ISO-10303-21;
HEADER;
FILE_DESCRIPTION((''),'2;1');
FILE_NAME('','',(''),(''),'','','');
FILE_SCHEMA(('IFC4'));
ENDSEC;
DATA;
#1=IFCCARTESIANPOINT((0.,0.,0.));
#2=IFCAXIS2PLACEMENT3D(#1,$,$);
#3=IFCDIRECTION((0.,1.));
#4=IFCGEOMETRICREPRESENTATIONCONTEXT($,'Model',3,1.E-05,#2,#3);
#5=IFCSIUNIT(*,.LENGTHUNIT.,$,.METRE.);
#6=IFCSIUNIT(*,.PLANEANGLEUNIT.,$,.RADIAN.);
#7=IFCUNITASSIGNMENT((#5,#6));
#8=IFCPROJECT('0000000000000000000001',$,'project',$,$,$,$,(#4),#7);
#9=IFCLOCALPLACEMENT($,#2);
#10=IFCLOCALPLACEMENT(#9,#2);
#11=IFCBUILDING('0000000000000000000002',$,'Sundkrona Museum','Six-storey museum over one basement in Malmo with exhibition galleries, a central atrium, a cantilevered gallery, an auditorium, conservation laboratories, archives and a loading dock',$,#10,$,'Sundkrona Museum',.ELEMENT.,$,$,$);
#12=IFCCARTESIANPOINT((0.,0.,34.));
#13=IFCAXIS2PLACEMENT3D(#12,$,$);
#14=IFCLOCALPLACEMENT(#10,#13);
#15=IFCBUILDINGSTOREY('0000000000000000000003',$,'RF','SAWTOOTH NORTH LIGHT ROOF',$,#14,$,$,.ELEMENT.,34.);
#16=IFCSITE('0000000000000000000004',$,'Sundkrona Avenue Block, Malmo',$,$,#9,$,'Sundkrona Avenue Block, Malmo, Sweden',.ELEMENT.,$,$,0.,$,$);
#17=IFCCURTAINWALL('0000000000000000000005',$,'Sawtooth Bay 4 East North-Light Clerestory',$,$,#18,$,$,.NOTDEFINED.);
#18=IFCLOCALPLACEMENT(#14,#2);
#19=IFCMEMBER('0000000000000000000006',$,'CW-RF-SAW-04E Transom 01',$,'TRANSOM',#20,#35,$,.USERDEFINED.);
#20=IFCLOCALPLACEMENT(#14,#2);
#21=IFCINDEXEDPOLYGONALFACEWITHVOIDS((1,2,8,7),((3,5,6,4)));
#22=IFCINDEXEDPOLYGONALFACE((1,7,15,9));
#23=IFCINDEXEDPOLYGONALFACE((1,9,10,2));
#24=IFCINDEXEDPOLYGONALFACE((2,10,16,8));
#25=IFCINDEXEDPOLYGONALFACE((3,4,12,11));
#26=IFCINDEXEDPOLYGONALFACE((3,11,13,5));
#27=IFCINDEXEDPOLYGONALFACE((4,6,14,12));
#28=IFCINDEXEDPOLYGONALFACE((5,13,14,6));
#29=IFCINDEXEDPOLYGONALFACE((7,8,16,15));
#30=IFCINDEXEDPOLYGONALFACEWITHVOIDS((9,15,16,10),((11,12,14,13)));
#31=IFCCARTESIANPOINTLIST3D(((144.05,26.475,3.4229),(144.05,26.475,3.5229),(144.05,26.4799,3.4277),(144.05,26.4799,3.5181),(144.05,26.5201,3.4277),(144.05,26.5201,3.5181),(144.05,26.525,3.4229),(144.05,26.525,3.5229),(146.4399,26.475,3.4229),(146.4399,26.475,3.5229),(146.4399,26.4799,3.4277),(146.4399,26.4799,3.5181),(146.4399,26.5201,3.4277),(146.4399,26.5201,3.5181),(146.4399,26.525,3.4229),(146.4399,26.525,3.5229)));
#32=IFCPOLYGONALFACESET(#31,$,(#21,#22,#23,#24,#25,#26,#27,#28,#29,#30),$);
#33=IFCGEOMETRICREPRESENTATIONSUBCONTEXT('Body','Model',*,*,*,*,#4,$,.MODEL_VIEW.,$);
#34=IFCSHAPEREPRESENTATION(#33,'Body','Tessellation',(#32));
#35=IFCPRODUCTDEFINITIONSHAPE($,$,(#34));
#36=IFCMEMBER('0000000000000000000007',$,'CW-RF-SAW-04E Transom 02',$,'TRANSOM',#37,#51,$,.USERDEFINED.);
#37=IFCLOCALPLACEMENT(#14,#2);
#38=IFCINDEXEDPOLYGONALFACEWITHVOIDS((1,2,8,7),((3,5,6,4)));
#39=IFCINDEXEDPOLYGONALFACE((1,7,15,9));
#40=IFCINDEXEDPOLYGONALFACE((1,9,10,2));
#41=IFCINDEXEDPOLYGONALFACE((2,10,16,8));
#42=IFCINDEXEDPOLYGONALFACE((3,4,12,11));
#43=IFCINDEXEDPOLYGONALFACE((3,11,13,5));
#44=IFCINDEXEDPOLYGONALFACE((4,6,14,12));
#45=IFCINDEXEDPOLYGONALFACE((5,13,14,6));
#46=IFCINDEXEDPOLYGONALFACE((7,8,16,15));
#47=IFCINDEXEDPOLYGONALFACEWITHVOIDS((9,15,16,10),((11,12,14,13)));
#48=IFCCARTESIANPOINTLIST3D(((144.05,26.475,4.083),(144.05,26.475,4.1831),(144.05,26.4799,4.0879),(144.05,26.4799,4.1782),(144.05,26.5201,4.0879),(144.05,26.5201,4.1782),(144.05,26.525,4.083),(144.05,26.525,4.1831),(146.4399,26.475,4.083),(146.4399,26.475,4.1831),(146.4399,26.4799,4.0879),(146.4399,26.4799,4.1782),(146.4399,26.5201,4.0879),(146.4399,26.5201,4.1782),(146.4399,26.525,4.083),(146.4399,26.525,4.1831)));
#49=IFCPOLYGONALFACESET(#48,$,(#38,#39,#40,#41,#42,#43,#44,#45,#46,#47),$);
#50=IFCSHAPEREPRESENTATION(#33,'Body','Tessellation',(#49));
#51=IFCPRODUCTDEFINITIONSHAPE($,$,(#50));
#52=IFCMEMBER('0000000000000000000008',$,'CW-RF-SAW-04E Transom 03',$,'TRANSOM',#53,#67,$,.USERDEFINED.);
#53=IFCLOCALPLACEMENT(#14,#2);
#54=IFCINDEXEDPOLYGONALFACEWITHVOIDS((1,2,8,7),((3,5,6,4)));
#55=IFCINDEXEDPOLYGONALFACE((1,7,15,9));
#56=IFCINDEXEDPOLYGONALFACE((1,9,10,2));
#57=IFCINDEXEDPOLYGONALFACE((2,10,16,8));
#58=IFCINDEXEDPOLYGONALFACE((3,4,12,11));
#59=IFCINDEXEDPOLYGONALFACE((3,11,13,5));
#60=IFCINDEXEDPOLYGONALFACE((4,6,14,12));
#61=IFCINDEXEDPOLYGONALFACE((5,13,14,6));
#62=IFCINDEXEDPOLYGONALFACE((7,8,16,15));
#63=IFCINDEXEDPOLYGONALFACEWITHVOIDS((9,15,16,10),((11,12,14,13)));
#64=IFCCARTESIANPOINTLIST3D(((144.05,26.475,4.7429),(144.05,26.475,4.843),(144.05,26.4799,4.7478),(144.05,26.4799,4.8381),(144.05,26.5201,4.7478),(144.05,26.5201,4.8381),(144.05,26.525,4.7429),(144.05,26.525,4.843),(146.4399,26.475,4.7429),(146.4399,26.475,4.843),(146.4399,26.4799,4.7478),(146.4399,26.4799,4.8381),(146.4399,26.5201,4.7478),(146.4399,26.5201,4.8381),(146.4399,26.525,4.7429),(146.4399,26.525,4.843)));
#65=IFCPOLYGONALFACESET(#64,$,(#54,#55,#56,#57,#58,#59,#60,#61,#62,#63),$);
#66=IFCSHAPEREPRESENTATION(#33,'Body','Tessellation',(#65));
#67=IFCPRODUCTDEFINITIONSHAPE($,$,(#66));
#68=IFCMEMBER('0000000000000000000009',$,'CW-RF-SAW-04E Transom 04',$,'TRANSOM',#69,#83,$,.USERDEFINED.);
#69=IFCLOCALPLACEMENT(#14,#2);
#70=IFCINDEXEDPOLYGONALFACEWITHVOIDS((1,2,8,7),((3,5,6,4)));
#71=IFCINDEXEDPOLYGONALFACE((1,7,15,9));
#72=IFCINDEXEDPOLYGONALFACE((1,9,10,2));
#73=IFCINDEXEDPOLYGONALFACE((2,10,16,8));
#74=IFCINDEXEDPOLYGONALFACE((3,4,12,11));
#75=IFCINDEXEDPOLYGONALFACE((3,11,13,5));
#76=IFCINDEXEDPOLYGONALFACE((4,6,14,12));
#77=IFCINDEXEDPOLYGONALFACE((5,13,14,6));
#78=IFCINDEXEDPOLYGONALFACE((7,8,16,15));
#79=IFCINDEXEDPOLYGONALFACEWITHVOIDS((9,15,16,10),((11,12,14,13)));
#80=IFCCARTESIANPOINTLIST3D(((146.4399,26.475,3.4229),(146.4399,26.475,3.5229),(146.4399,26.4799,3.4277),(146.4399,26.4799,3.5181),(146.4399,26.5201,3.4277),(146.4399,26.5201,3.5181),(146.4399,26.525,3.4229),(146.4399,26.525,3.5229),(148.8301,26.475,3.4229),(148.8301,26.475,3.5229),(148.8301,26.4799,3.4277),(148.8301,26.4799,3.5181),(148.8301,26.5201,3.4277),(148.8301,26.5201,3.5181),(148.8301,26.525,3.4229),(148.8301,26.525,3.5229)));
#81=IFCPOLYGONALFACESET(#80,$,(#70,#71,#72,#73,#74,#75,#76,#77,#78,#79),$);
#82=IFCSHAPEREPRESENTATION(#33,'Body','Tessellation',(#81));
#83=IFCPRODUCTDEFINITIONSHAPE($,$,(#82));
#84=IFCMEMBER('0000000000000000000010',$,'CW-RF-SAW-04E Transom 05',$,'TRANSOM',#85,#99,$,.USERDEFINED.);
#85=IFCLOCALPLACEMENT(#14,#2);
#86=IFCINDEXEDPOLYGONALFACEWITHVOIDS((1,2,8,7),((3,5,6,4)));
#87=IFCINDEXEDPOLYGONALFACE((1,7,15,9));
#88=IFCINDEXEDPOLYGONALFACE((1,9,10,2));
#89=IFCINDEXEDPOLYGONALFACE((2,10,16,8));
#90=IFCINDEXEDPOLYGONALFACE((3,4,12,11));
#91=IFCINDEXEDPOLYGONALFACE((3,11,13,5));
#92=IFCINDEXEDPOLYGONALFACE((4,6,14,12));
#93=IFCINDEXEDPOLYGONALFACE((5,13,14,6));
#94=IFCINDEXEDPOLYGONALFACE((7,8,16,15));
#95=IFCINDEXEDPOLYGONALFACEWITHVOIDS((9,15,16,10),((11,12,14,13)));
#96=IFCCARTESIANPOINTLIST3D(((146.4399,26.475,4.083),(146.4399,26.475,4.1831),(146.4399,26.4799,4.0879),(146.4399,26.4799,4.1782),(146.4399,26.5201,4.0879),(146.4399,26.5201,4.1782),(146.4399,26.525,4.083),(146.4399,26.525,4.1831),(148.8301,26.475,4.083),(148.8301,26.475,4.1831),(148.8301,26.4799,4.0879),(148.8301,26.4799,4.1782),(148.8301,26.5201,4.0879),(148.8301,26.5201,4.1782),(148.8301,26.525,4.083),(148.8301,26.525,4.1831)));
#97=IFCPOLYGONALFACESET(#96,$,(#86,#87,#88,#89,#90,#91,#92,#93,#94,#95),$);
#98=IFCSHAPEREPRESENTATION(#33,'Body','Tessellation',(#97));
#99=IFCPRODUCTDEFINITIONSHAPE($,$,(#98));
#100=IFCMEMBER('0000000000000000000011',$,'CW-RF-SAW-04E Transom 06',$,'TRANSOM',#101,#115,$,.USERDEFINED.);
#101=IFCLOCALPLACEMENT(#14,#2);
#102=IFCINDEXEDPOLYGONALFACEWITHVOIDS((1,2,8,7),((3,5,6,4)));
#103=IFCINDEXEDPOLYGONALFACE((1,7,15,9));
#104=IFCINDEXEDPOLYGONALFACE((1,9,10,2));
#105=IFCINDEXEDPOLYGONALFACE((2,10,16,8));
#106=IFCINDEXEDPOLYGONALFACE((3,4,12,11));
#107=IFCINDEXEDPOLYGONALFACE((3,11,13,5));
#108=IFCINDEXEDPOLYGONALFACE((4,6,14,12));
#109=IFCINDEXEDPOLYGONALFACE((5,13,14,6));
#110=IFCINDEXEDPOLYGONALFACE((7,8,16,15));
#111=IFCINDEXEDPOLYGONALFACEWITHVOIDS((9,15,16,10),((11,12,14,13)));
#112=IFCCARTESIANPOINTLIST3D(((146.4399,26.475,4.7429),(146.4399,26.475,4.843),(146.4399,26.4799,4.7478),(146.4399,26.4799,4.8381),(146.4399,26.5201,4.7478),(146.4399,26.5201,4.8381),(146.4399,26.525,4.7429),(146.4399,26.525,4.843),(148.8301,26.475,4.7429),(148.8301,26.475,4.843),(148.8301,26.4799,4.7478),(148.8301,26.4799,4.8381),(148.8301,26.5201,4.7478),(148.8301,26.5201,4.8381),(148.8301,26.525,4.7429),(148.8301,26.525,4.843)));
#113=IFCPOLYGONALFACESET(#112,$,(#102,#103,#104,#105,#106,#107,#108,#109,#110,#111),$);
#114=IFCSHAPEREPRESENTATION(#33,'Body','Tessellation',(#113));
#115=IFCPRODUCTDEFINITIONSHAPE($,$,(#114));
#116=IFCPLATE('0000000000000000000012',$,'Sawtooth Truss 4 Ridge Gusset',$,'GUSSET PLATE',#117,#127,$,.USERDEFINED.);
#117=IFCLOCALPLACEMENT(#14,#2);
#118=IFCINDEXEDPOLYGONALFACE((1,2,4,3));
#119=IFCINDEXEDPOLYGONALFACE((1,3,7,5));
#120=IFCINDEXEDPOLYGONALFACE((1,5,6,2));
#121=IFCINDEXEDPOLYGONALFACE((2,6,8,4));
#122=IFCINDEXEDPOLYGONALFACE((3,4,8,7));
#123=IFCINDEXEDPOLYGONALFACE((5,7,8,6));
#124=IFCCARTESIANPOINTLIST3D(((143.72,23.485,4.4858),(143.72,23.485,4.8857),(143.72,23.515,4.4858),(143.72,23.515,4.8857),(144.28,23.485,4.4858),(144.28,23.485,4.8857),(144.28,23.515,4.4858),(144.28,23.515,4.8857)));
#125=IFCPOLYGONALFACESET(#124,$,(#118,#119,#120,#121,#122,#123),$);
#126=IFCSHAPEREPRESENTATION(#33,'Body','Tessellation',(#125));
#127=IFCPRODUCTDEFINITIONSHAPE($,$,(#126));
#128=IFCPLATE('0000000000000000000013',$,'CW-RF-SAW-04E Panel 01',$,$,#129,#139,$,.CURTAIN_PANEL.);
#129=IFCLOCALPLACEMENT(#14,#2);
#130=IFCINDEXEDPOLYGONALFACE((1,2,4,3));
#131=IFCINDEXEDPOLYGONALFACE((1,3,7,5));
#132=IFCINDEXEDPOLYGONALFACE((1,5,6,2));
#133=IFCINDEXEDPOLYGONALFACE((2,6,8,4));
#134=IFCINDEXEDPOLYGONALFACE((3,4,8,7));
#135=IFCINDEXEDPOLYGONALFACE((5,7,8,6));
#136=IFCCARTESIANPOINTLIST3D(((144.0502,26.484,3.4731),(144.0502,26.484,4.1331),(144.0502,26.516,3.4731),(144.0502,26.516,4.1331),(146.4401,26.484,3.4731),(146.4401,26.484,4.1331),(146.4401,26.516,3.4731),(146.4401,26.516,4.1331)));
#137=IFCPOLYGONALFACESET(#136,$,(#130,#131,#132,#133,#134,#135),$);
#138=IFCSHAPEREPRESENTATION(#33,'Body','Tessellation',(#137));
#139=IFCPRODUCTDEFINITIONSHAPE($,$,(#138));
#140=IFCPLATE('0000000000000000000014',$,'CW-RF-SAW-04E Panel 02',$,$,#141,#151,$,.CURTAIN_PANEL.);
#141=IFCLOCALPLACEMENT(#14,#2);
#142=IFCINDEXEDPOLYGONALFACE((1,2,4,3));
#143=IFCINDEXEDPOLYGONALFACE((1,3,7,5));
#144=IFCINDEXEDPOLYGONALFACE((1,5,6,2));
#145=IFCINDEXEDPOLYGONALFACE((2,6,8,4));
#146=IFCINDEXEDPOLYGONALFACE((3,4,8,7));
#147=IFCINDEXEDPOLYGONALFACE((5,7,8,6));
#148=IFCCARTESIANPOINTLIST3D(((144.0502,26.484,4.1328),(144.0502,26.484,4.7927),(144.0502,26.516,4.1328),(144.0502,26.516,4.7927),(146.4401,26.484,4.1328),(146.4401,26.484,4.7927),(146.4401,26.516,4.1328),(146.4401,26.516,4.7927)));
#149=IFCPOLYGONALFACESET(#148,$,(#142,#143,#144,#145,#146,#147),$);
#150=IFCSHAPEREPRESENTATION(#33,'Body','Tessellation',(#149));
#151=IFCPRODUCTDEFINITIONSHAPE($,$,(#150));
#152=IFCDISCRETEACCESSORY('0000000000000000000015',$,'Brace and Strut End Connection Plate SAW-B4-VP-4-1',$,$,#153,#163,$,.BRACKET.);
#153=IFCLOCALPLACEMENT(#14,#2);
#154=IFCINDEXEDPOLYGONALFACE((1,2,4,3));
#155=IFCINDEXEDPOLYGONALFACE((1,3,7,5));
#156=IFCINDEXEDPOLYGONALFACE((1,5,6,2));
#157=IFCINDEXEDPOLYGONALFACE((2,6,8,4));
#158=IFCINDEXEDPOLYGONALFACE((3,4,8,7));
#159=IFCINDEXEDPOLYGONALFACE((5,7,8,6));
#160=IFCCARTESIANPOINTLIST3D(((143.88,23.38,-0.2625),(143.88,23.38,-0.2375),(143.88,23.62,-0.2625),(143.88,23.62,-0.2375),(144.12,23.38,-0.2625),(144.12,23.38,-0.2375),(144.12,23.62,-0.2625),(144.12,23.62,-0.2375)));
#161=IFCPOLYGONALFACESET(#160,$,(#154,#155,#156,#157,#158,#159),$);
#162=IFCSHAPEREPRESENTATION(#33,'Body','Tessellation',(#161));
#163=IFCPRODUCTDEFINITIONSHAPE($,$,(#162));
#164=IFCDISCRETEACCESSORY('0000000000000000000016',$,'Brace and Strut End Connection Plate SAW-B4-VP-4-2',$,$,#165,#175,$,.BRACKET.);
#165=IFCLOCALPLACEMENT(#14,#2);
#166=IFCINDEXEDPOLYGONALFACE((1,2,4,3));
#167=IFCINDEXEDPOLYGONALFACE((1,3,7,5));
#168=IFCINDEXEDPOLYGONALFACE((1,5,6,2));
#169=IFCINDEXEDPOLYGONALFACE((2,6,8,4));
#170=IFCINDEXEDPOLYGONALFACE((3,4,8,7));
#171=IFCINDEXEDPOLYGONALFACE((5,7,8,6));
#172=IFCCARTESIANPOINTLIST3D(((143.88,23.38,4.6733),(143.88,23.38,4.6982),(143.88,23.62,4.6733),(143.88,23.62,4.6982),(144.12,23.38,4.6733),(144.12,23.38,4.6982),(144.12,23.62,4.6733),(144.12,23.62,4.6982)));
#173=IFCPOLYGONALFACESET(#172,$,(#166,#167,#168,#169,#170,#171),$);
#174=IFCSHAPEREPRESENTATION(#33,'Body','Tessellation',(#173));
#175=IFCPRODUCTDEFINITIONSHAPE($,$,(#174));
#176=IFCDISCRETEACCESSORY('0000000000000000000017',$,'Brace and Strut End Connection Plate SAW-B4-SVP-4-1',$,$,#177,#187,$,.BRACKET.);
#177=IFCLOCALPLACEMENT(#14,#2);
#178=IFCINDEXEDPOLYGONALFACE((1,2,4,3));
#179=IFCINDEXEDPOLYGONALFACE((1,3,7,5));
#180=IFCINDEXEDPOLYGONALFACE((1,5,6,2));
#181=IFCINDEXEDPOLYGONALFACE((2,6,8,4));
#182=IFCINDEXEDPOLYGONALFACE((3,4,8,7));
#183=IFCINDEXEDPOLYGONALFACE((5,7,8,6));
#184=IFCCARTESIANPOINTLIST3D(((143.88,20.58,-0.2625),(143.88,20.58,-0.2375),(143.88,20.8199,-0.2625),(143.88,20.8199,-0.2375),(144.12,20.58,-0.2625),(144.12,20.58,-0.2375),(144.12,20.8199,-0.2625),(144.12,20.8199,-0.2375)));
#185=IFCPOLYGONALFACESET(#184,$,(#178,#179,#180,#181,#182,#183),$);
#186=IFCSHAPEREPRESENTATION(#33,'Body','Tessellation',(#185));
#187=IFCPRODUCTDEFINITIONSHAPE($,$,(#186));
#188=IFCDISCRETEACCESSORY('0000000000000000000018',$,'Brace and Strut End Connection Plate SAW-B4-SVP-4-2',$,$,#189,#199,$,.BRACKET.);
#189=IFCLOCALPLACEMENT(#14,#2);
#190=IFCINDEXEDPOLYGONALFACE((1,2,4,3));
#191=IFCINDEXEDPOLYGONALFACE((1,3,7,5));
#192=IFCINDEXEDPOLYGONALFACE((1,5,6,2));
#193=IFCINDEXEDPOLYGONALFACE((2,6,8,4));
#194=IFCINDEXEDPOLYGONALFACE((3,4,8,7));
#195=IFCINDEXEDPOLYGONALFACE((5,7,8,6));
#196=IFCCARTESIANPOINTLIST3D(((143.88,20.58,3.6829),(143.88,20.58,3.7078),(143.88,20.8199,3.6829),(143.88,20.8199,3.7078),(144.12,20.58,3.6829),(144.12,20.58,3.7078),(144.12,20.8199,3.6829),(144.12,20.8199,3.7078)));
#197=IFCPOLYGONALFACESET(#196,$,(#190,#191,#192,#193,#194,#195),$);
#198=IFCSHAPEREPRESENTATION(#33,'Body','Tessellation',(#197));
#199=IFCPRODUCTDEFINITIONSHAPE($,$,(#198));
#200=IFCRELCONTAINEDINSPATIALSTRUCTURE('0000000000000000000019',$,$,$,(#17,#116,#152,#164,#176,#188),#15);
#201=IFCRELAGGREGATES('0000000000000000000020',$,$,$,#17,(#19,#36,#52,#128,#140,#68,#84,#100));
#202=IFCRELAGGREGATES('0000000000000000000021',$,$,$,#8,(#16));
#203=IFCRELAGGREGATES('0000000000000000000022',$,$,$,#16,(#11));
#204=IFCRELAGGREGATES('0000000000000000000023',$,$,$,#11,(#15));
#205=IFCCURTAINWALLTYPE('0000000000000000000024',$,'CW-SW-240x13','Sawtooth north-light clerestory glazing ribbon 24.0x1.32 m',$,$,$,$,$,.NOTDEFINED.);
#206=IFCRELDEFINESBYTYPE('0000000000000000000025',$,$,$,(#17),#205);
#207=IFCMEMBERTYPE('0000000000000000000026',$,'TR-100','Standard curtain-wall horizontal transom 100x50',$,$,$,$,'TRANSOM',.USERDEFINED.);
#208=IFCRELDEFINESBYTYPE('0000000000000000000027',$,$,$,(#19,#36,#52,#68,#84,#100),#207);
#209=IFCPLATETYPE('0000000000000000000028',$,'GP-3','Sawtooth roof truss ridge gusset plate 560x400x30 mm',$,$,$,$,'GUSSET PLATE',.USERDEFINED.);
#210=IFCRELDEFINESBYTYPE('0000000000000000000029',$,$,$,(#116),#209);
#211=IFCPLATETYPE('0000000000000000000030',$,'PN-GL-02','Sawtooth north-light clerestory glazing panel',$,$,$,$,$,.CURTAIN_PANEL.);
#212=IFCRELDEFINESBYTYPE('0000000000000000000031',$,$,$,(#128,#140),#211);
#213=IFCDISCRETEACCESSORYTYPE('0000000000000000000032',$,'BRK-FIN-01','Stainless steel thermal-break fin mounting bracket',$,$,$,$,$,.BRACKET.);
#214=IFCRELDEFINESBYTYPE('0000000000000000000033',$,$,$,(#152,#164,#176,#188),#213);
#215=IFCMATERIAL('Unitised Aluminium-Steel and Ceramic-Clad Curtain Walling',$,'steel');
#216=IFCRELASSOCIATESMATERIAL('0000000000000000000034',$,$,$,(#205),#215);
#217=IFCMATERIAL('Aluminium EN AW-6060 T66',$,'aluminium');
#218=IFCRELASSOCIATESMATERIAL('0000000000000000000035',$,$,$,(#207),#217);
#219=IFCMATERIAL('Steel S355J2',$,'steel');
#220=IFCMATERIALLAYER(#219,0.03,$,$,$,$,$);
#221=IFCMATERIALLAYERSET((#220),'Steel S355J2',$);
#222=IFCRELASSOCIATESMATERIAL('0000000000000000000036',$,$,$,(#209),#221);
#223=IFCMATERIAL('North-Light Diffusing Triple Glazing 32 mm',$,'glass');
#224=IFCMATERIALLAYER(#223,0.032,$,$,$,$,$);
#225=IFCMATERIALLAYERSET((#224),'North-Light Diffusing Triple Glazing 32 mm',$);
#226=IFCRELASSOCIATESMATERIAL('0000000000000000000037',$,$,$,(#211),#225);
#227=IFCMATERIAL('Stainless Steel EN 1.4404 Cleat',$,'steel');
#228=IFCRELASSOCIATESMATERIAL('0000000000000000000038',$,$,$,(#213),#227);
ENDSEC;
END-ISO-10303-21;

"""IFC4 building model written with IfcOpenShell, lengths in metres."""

from ifc_helpers import new_model, si_unit, direction, frame, origin, origin_2d, place, context, subcontext, project, spatial, rectangle, hollow_rectangle, extrude, material, layer, layer_set, material_profile, profile_set, type_object, element, aggregate, save


model = new_model("IFC4")

# Units and contexts
model_context = context("Model", 3, precision=1e-05, world=origin(), true_north=direction((0.0, 1.0)))
body_context = subcontext(model_context, "Body", "Model", "MODEL_VIEW")
ifc_project = project(units=[si_unit("LENGTHUNIT", "METRE"), si_unit("PLANEANGLEUNIT", "RADIAN")], contexts=[model_context])

# Site, building, storey
site_placement = place(None, origin())
site = spatial("IfcSite", under=ifc_project, at=site_placement, Name="Sundkrona Avenue Block, Malmo", LongName="Sundkrona Avenue Block, Malmo, Sweden", CompositionType="ELEMENT", RefElevation=0.0)
building_placement = place(site_placement, origin())
building = spatial("IfcBuilding", under=site, at=building_placement, Name="Sundkrona Museum", Description="Six-storey museum over one basement in Malmo with exhibition galleries, a central atrium, a cantilevered gallery, an auditorium, conservation laboratories, archives and a loading dock", LongName="Sundkrona Museum", CompositionType="ELEMENT")
storey_placement = place(building_placement, frame((0.0, 0.0, 34.0)))
storey = spatial("IfcBuildingStorey", under=building, at=storey_placement, Name="RF", Description="SAWTOOTH NORTH LIGHT ROOF", CompositionType="ELEMENT", Elevation=34.0)

# Curtain wall
ifc_material_1 = material(Name="Unitised Aluminium-Steel and Ceramic-Clad Curtain Walling", Category="steel")
curtain_wall_type = type_object("IfcCurtainWallType", Name="CW-SW-240x13", Description="Sawtooth north-light clerestory glazing ribbon 24.0x1.32 m", PredefinedType="NOTDEFINED", material=ifc_material_1)
curtain_wall_placement = place(storey_placement, origin())
curtain_wall = element("IfcCurtainWall", 1, at=curtain_wall_placement, inside=storey, type_object=curtain_wall_type, Name="Sawtooth Bay 4 East North-Light Clerestory", PredefinedType="NOTDEFINED")
ifc_material_2 = material(Name="Aluminium EN AW-6060 T66", Category="aluminium")

# Shared definitions
ifc_material_3 = material(Name="Steel S355J2", Category="steel")

# Members
ifc_material_profile_1 = material_profile(ifc_material_2, hollow_rectangle(XDim=0.05, YDim=0.1001, WallThickness=0.0049, at=origin_2d()), Name="RHS 100x50x5.0")
ifc_profile_set_1 = profile_set([ifc_material_profile_1], Name="Aluminium EN AW-6060 T66")
member_type_1 = type_object("IfcMemberType", Name="TR-100", Description="Standard curtain-wall horizontal transom 100x50", ElementType="TRANSOM", PredefinedType="USERDEFINED", material=ifc_profile_set_1)
member_1_placement = place(storey_placement, frame((144.05, 26.5, 3.4729), z_axis=(1.0, 0.0, 0.0), x_axis=(0.0, 1.0, 0.0)))
member_1 = element("IfcMember", 2, at=member_1_placement, type_object=member_type_1, Name="CW-RF-SAW-04E Transom 01", ObjectType="TRANSOM", PredefinedType="USERDEFINED", context=body_context, shape_type="SweptSolid", body=[
    extrude(hollow_rectangle(XDim=0.05, YDim=0.1001, WallThickness=0.0049, at=origin_2d()), origin(), (0.0, 0.0, 1.0), 2.3899),
])
member_2_placement = place(storey_placement, frame((144.05, 26.5, 4.1331), z_axis=(1.0, 0.0, 0.0), x_axis=(0.0, 1.0, 0.0)))
member_2 = element("IfcMember", 3, at=member_2_placement, type_object=member_type_1, Name="CW-RF-SAW-04E Transom 02", ObjectType="TRANSOM", PredefinedType="USERDEFINED", context=body_context, shape_type="SweptSolid", body=[
    extrude(hollow_rectangle(XDim=0.05, YDim=0.1001, WallThickness=0.0049, at=origin_2d()), origin(), (0.0, 0.0, 1.0), 2.3899),
])
member_3_placement = place(storey_placement, frame((144.05, 26.5, 4.793), z_axis=(1.0, 0.0, 0.0), x_axis=(0.0, 1.0, 0.0)))
member_3 = element("IfcMember", 4, at=member_3_placement, type_object=member_type_1, Name="CW-RF-SAW-04E Transom 03", ObjectType="TRANSOM", PredefinedType="USERDEFINED", context=body_context, shape_type="SweptSolid", body=[
    extrude(hollow_rectangle(XDim=0.05, YDim=0.1001, WallThickness=0.0049, at=origin_2d()), origin(), (0.0, 0.0, 1.0), 2.3899),
])
member_4_placement = place(storey_placement, frame((146.4399, 26.5, 3.4729), z_axis=(1.0, 0.0, 0.0), x_axis=(0.0, 1.0, 0.0)))
member_4 = element("IfcMember", 5, at=member_4_placement, type_object=member_type_1, Name="CW-RF-SAW-04E Transom 04", ObjectType="TRANSOM", PredefinedType="USERDEFINED", context=body_context, shape_type="SweptSolid", body=[
    extrude(hollow_rectangle(XDim=0.05, YDim=0.1001, WallThickness=0.0049, at=origin_2d()), origin(), (0.0, 0.0, 1.0), 2.3901),
])
member_5_placement = place(storey_placement, frame((146.4399, 26.5, 4.1331), z_axis=(1.0, 0.0, 0.0), x_axis=(0.0, 1.0, 0.0)))
member_5 = element("IfcMember", 6, at=member_5_placement, type_object=member_type_1, Name="CW-RF-SAW-04E Transom 05", ObjectType="TRANSOM", PredefinedType="USERDEFINED", context=body_context, shape_type="SweptSolid", body=[
    extrude(hollow_rectangle(XDim=0.05, YDim=0.1001, WallThickness=0.0049, at=origin_2d()), origin(), (0.0, 0.0, 1.0), 2.3901),
])
member_6_placement = place(storey_placement, frame((146.4399, 26.5, 4.793), z_axis=(1.0, 0.0, 0.0), x_axis=(0.0, 1.0, 0.0)))
member_6 = element("IfcMember", 7, at=member_6_placement, type_object=member_type_1, Name="CW-RF-SAW-04E Transom 06", ObjectType="TRANSOM", PredefinedType="USERDEFINED", context=body_context, shape_type="SweptSolid", body=[
    extrude(hollow_rectangle(XDim=0.05, YDim=0.1001, WallThickness=0.0049, at=origin_2d()), origin(), (0.0, 0.0, 1.0), 2.3901),
])

# Plates
ifc_layer_1 = layer(ifc_material_3, 0.03)
ifc_layer_set_1 = layer_set([ifc_layer_1], Name="Steel S355J2")
plate_type_1 = type_object("IfcPlateType", Name="GP-3", Description="Sawtooth roof truss ridge gusset plate 560x400x30 mm", ElementType="GUSSET PLATE", PredefinedType="USERDEFINED", material=ifc_layer_set_1)
plate_1_placement = place(storey_placement, frame((144.0, 23.5, 4.4858), z_axis=(0.0, 0.0, 1.0), x_axis=(1.0, 0.0, 0.0)))
element("IfcPlate", 8, at=plate_1_placement, inside=storey, type_object=plate_type_1, Name="Sawtooth Truss 4 Ridge Gusset", ObjectType="GUSSET PLATE", PredefinedType="USERDEFINED", context=body_context, shape_type="SweptSolid", body=[
    extrude(rectangle(XDim=0.5601, YDim=0.03, at=origin_2d()), origin(), (0.0, 0.0, 1.0), 0.3999),
])
ifc_material_4 = material(Name="North-Light Diffusing Triple Glazing 32 mm", Category="glass")
ifc_layer_2 = layer(ifc_material_4, 0.032)
ifc_layer_set_2 = layer_set([ifc_layer_2], Name="North-Light Diffusing Triple Glazing 32 mm")
plate_type_2 = type_object("IfcPlateType", Name="PN-GL-02", Description="Sawtooth north-light clerestory glazing panel", PredefinedType="CURTAIN_PANEL", material=ifc_layer_set_2)
plate_2_placement = place(storey_placement, frame((145.2451, 26.5, 3.4731), z_axis=(0.0, 0.0, 1.0), x_axis=(1.0, 0.0, 0.0)))
plate_2 = element("IfcPlate", 9, at=plate_2_placement, type_object=plate_type_2, Name="CW-RF-SAW-04E Panel 01", PredefinedType="CURTAIN_PANEL", context=body_context, shape_type="SweptSolid", body=[
    extrude(rectangle(XDim=2.3899, YDim=0.032, at=origin_2d()), origin(), (0.0, 0.0, 1.0), 0.6599),
])
plate_3_placement = place(storey_placement, frame((145.2451, 26.5, 4.1328), z_axis=(0.0, 0.0, 1.0), x_axis=(1.0, 0.0, 0.0)))
plate_3 = element("IfcPlate", 10, at=plate_3_placement, type_object=plate_type_2, Name="CW-RF-SAW-04E Panel 02", PredefinedType="CURTAIN_PANEL", context=body_context, shape_type="SweptSolid", body=[
    extrude(rectangle(XDim=2.3899, YDim=0.032, at=origin_2d()), origin(), (0.0, 0.0, 1.0), 0.6599),
])
aggregate(curtain_wall, [member_1, member_2, member_3, plate_2, plate_3, member_4, member_5, member_6])

# Discrete accessories
ifc_material_5 = material(Name="Stainless Steel EN 1.4404 Cleat", Category="steel")
discrete_accessory_type = type_object("IfcDiscreteAccessoryType", Name="BRK-FIN-01", Description="Stainless steel thermal-break fin mounting bracket", PredefinedType="BRACKET", material=ifc_material_5)
for number, where, z_axis, x_axis, name in (
    (11, (144.0, 23.5, -0.2625), (0.0, 0.0, 1.0), (1.0, 0.0, 0.0), "Brace and Strut End Connection Plate SAW-B4-VP-4-1"),
    (12, (144.0, 23.5, 4.6733), (0.0, 0.0, 1.0), (1.0, 0.0, 0.0), "Brace and Strut End Connection Plate SAW-B4-VP-4-2"),
    (13, (144.0, 20.7, -0.2625), (0.0, 0.0, 1.0), (1.0, 0.0, 0.0), "Brace and Strut End Connection Plate SAW-B4-SVP-4-1"),
    (14, (144.0, 20.7, 3.6829), (0.0, 0.0, 1.0), (1.0, 0.0, 0.0), "Brace and Strut End Connection Plate SAW-B4-SVP-4-2"),
):
    element("IfcDiscreteAccessory", number, at=place(storey_placement, frame(where, z_axis=z_axis, x_axis=x_axis)), inside=storey, type_object=discrete_accessory_type, Name=name, PredefinedType="BRACKET", context=body_context, shape_type="SweptSolid", body=[
        extrude(rectangle(XDim=0.24, YDim=0.24, at=origin_2d()), origin(), (0.0, 0.0, 1.0), 0.0249),
    ])

save(model, "model.ifc")
